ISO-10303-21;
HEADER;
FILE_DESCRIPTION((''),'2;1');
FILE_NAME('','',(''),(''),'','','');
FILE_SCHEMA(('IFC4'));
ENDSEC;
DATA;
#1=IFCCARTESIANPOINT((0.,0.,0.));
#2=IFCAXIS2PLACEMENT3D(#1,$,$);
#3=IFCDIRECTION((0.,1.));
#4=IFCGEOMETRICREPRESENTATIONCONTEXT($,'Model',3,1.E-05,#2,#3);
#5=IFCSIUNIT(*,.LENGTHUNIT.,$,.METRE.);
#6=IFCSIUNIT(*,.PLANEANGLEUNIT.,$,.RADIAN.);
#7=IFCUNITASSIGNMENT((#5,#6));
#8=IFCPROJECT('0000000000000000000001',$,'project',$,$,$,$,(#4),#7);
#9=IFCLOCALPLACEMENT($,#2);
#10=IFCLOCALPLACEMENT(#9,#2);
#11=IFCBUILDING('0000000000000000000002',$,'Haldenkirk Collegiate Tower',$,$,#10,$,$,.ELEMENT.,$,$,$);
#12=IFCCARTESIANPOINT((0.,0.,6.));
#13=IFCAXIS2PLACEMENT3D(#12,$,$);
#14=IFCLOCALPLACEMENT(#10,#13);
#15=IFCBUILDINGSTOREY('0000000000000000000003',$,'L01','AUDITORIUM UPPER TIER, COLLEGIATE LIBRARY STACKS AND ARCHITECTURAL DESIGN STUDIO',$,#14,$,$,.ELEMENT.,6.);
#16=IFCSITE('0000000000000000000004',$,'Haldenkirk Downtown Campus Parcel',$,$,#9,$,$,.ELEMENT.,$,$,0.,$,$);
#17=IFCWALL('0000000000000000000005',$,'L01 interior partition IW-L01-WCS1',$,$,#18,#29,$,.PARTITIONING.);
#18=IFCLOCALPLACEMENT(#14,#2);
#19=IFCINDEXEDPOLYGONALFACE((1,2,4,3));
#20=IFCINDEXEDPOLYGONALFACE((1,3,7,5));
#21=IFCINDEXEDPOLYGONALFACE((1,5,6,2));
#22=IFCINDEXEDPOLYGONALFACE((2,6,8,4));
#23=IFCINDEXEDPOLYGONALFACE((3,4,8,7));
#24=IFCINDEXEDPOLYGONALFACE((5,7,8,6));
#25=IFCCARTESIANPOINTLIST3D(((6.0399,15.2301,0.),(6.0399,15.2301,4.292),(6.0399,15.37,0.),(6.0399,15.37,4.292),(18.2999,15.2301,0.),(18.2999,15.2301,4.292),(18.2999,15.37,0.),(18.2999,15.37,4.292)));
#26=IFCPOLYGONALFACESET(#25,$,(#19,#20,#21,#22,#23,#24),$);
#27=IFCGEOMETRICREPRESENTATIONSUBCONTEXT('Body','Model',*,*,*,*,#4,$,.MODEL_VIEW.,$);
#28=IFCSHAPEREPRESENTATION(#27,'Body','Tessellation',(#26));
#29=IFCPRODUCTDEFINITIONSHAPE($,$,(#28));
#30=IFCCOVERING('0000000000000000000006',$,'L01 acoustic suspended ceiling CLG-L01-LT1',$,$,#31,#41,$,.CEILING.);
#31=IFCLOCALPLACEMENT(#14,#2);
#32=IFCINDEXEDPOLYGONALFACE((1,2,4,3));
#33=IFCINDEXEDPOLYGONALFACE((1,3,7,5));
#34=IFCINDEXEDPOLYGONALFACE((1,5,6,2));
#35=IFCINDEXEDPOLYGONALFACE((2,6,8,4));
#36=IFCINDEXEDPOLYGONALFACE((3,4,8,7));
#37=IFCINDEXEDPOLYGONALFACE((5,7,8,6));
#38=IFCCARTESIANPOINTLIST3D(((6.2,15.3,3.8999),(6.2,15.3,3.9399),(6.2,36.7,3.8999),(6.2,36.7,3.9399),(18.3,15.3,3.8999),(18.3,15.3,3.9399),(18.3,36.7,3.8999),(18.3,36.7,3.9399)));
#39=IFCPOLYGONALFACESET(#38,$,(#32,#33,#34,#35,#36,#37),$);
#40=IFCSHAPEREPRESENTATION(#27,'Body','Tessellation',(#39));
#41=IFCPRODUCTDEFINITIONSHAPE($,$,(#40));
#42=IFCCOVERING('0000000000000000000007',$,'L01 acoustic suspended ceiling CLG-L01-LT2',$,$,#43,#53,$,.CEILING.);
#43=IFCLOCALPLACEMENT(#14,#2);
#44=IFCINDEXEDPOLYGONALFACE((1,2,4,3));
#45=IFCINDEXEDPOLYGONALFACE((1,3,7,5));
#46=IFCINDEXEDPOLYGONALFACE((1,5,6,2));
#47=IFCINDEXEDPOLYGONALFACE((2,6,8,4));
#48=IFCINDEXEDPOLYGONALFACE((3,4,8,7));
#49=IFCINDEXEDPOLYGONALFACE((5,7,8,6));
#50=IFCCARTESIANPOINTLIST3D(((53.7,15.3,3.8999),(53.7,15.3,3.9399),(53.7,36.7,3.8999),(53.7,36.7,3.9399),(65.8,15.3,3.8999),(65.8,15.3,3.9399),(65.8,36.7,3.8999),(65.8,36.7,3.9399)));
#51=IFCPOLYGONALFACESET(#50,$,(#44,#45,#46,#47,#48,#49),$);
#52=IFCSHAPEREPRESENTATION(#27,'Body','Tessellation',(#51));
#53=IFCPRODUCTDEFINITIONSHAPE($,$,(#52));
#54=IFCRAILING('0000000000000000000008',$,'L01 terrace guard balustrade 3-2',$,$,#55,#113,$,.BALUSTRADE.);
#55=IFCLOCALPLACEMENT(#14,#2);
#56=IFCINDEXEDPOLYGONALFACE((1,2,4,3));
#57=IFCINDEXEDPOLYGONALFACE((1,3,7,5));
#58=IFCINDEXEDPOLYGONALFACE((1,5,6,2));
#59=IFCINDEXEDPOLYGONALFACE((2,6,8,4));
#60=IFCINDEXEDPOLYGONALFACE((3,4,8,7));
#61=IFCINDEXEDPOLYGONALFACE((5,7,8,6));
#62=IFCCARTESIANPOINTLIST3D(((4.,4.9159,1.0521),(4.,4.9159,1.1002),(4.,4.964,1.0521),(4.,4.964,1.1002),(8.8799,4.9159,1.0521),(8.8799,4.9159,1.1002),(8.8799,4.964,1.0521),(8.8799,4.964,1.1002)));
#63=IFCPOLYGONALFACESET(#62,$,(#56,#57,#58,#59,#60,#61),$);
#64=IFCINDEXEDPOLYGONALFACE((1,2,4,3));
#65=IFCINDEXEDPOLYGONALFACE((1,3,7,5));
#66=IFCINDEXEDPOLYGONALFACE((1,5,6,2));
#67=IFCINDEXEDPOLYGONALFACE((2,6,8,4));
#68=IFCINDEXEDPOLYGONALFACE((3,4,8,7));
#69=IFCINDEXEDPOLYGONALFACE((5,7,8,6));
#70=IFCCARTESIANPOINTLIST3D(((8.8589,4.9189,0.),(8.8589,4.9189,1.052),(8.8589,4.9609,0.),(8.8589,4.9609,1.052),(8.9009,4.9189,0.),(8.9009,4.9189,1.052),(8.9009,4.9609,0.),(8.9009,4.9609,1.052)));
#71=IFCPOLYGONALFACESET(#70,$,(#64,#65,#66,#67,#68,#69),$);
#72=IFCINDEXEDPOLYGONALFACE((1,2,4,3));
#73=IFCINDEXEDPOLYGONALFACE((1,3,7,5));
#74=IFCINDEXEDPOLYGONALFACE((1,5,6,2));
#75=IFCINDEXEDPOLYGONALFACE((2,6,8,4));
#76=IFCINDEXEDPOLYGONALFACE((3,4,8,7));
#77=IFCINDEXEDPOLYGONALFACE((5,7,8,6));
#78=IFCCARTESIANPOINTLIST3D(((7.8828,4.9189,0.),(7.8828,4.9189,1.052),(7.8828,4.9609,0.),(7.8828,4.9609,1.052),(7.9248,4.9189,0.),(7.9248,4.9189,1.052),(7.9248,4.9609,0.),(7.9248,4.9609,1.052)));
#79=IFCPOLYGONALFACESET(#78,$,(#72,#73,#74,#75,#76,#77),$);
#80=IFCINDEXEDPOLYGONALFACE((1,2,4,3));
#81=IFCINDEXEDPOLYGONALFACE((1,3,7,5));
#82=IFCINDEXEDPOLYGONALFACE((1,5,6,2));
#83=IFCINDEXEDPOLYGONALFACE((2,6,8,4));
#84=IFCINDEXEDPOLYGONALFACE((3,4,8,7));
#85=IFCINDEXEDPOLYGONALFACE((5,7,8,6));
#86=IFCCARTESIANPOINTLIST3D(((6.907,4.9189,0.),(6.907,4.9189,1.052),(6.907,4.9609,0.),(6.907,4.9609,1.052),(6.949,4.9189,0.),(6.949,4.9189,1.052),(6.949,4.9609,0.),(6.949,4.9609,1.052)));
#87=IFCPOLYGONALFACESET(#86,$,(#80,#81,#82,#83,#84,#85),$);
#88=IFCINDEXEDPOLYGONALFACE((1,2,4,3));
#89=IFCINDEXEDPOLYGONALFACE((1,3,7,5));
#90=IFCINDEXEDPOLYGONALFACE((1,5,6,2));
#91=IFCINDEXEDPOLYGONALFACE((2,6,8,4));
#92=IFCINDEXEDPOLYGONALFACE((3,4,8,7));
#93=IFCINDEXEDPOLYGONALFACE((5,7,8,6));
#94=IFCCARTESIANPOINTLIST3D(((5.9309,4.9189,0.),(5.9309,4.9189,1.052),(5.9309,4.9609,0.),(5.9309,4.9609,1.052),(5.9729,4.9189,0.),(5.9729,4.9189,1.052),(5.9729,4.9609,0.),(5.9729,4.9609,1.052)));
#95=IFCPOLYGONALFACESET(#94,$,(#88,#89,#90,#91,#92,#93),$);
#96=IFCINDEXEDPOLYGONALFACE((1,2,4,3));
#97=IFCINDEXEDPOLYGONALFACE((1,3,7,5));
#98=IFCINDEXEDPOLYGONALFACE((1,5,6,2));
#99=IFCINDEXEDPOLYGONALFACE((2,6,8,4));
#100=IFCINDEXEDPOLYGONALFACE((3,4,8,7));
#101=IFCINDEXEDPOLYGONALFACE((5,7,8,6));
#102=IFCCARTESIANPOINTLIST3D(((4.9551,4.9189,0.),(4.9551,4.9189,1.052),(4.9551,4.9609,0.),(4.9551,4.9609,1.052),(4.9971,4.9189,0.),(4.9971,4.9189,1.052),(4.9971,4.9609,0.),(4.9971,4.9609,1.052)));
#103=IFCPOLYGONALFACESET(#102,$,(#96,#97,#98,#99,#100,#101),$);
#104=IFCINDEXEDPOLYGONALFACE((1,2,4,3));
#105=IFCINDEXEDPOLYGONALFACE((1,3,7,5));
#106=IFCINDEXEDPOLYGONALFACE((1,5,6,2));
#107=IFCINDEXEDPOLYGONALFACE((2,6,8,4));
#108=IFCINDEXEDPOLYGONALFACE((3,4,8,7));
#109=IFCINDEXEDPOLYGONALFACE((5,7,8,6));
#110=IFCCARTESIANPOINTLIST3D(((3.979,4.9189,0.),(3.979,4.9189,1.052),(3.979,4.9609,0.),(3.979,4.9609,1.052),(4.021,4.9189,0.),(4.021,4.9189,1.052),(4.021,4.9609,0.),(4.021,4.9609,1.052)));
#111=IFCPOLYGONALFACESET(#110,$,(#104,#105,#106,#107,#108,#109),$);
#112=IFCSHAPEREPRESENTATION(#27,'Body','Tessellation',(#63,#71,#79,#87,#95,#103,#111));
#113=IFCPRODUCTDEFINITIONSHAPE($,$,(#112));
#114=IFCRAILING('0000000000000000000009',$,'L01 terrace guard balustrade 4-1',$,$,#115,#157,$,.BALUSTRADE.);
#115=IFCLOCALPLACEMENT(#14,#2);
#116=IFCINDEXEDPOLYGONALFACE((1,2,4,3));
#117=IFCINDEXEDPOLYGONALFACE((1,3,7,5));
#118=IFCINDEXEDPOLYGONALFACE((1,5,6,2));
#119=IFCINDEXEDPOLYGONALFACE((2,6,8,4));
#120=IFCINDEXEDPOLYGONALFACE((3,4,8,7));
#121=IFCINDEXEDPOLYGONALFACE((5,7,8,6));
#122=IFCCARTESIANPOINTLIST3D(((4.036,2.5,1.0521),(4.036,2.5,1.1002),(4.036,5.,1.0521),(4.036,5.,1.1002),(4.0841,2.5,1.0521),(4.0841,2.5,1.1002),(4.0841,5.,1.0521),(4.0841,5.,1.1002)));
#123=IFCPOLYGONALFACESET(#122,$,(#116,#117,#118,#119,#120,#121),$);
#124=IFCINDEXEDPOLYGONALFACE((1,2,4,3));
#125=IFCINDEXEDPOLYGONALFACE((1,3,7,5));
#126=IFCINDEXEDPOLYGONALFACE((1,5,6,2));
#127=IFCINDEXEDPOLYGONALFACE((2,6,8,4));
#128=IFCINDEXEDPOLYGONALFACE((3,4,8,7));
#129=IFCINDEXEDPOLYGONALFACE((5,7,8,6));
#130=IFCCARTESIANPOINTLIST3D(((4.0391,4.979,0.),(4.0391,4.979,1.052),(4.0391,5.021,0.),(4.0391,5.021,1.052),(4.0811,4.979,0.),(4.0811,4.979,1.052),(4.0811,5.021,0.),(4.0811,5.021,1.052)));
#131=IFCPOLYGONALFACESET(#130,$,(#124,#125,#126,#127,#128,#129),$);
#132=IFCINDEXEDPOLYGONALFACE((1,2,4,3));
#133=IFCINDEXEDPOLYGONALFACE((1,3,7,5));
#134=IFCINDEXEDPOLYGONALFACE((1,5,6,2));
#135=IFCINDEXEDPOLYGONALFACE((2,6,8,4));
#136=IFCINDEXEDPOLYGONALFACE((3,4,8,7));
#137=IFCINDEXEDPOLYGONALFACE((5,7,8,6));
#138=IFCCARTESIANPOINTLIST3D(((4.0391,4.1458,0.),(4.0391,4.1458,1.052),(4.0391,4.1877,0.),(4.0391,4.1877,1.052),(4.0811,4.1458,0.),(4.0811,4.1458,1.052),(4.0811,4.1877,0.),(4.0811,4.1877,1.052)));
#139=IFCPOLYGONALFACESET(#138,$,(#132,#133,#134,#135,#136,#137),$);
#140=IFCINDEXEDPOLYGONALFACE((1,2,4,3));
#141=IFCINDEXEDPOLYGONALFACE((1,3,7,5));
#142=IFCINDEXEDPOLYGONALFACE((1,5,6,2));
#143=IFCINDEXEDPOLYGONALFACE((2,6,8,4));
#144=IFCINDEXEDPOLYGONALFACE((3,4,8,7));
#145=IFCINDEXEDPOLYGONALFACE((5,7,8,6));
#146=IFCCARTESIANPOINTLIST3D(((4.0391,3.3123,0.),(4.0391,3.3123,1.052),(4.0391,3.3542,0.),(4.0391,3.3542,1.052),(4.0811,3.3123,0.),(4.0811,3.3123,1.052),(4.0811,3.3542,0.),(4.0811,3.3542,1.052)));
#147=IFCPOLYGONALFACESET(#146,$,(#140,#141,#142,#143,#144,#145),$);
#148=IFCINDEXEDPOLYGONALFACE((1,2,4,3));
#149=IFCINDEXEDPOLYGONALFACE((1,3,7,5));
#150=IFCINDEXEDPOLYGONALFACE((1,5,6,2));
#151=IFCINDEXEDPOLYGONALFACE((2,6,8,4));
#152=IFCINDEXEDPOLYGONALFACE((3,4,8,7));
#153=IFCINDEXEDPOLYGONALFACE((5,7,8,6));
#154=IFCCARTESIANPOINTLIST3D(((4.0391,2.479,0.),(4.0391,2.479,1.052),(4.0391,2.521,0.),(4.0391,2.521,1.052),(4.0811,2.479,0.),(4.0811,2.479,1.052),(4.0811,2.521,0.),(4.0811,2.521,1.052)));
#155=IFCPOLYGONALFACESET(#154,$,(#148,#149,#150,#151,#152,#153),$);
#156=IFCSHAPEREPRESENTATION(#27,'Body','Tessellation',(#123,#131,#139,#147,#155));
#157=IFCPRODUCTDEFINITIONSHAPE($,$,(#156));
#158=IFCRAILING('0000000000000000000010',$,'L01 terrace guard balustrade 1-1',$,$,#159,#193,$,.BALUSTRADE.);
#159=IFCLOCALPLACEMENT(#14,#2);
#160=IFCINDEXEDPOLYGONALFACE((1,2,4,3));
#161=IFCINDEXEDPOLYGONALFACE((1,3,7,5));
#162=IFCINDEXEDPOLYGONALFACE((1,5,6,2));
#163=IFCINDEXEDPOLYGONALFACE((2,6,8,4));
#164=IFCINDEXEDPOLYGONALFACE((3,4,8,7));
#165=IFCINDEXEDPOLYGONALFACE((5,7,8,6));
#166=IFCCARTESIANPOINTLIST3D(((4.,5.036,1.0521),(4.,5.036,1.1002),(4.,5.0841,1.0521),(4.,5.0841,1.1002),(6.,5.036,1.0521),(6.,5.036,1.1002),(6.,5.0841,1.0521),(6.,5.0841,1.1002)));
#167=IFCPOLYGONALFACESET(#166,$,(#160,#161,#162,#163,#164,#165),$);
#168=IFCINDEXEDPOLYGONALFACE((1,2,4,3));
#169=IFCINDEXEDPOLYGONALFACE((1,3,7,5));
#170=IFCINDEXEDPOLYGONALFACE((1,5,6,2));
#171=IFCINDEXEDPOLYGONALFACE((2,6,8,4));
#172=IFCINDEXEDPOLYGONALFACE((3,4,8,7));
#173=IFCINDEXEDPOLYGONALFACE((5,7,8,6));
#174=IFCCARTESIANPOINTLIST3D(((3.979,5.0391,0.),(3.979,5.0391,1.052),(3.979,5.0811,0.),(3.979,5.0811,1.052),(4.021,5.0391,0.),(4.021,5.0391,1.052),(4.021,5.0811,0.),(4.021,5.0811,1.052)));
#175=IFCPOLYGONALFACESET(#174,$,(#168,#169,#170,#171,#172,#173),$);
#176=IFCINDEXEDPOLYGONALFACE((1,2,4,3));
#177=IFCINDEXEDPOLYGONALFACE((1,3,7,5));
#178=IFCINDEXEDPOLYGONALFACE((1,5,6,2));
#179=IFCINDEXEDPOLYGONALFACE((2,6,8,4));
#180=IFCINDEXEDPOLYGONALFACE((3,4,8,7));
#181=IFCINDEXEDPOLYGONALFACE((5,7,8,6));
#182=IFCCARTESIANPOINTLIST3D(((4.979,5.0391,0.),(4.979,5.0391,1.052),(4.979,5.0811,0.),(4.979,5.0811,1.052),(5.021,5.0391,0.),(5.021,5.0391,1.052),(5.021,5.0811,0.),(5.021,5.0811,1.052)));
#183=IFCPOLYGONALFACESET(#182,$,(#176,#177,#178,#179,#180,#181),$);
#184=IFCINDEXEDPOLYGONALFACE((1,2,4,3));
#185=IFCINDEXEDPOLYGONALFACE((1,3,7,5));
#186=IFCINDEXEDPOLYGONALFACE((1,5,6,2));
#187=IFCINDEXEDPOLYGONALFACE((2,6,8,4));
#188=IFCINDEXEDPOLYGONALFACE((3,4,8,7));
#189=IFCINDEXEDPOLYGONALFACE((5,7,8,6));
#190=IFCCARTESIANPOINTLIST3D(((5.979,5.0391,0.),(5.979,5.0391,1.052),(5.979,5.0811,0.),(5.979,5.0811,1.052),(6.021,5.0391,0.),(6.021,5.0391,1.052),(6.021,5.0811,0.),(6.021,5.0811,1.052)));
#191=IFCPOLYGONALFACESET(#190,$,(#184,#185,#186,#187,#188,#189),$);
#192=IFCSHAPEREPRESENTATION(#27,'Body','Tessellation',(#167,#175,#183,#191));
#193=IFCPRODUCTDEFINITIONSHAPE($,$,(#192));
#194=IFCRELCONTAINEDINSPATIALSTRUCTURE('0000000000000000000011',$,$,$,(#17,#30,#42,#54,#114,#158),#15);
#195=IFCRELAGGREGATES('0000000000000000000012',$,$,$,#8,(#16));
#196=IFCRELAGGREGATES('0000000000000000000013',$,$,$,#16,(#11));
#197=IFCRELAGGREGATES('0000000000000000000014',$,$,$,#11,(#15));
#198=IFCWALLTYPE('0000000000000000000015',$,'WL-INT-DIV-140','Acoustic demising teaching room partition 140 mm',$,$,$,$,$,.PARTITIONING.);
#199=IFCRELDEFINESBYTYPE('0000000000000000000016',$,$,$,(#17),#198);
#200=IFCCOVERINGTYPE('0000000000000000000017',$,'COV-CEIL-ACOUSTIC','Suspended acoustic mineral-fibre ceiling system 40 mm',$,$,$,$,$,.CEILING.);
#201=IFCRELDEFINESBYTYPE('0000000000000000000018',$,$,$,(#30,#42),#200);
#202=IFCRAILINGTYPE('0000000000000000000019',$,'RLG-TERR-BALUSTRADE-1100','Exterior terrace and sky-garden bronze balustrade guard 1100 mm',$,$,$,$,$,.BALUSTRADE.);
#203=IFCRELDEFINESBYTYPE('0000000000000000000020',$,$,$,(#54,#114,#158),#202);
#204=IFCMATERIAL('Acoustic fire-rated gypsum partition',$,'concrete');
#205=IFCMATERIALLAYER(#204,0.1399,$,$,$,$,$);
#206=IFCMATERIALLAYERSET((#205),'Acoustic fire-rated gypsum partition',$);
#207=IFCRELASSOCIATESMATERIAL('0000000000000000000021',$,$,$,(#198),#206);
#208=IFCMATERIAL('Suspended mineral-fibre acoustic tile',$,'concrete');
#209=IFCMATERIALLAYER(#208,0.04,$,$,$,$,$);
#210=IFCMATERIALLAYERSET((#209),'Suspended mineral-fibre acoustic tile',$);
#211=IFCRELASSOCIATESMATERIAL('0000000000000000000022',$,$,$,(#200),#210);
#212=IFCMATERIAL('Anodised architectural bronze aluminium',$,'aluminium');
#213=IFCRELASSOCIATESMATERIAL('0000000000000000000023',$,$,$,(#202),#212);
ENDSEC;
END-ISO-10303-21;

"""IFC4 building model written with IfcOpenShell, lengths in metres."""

from ifc_helpers import new_model, si_unit, direction, frame, frame_2d, origin, origin_2d, place, context, subcontext, project, spatial, polyline, rectangle, outline, extrude, material, layer, layer_set, type_object, element, save


model = new_model("IFC4")

# Units and contexts
model_context = context("Model", 3, precision=1e-05, world=origin(), true_north=direction((0.0, 1.0)))
body_context = subcontext(model_context, "Body", "Model", "MODEL_VIEW")
ifc_project = project(units=[si_unit("LENGTHUNIT", "METRE"), si_unit("PLANEANGLEUNIT", "RADIAN")], contexts=[model_context])

# Site, building, storey
site_placement = place(None, origin())
site = spatial("IfcSite", under=ifc_project, at=site_placement, Name="Haldenkirk Downtown Campus Parcel", CompositionType="ELEMENT", RefElevation=0.0)
building_placement = place(site_placement, origin())
building = spatial("IfcBuilding", under=site, at=building_placement, Name="Haldenkirk Collegiate Tower", CompositionType="ELEMENT")
storey_placement = place(building_placement, frame((0.0, 0.0, 6.0)))
storey = spatial("IfcBuildingStorey", under=building, at=storey_placement, Name="L01", Description="AUDITORIUM UPPER TIER, COLLEGIATE LIBRARY STACKS AND ARCHITECTURAL DESIGN STUDIO", CompositionType="ELEMENT", Elevation=6.0)

# Shared definitions
ifc_material_1 = material(Name="Anodised architectural bronze aluminium", Category="aluminium")

# Wall
ifc_material_2 = material(Name="Acoustic fire-rated gypsum partition", Category="concrete")
ifc_layer_1 = layer(ifc_material_2, 0.1399)
ifc_layer_set_1 = layer_set([ifc_layer_1], Name="Acoustic fire-rated gypsum partition")
wall_type_1 = type_object("IfcWallType", Name="WL-INT-DIV-140", Description="Acoustic demising teaching room partition 140 mm", PredefinedType="PARTITIONING", material=ifc_layer_set_1)
wall_1_placement = place(storey_placement, frame((6.04, 15.3, 0.0), z_axis=(0.0, 0.0, 1.0), x_axis=(1.0, 0.0, 0.0)))
element("IfcWall", 1, at=wall_1_placement, inside=storey, type_object=wall_type_1, Name="L01 interior partition IW-L01-WCS1", PredefinedType="PARTITIONING", context=body_context, shape_type="SweptSolid", body=[
    extrude(rectangle(XDim=12.26, YDim=0.1399, at=frame_2d((6.1299, 0.0))), origin(), (0.0, 0.0, 1.0), 4.292),
])

# Coverings
ifc_material_3 = material(Name="Suspended mineral-fibre acoustic tile", Category="concrete")
ifc_layer_2 = layer(ifc_material_3, 0.04)
ifc_layer_set_2 = layer_set([ifc_layer_2], Name="Suspended mineral-fibre acoustic tile")
covering_type = type_object("IfcCoveringType", Name="COV-CEIL-ACOUSTIC", Description="Suspended acoustic mineral-fibre ceiling system 40 mm", PredefinedType="CEILING", material=ifc_layer_set_2)
covering_1_placement = place(storey_placement, frame((0.0, 0.0, 3.8999)))
element("IfcCovering", 2, at=covering_1_placement, inside=storey, type_object=covering_type, Name="L01 acoustic suspended ceiling CLG-L01-LT1", PredefinedType="CEILING", context=body_context, shape_type="SweptSolid", body=[
    extrude(outline(polyline([(6.2, 15.3), (18.3, 15.3), (18.3, 36.7), (6.2, 36.7), (6.2, 15.3)])), origin(), (0.0, 0.0, 1.0), 0.04),
])
covering_2_placement = place(storey_placement, frame((0.0, 0.0, 3.8999)))
element("IfcCovering", 3, at=covering_2_placement, inside=storey, type_object=covering_type, Name="L01 acoustic suspended ceiling CLG-L01-LT2", PredefinedType="CEILING", context=body_context, shape_type="SweptSolid", body=[
    extrude(outline(polyline([(53.7, 15.3), (65.8, 15.3), (65.8, 36.7), (53.7, 36.7), (53.7, 15.3)])), origin(), (0.0, 0.0, 1.0), 0.04),
])

# Railings
railing_type = type_object("IfcRailingType", Name="RLG-TERR-BALUSTRADE-1100", Description="Exterior terrace and sky-garden bronze balustrade guard 1100 mm", PredefinedType="BALUSTRADE", material=ifc_material_1)
railing_1_placement = place(storey_placement, frame((8.8799, 4.9399, 0.0)))
element("IfcRailing", 4, at=railing_1_placement, inside=storey, type_object=railing_type, Name="L01 terrace guard balustrade 3-2", PredefinedType="BALUSTRADE", context=body_context, shape_type="SweptSolid", body=[
    extrude(rectangle(XDim=0.0481, YDim=0.0481, at=origin_2d()), frame((0.0, 0.0, 1.0762), z_axis=(-1.0, 0.0, 0.0), x_axis=(0.0, -1.0, 0.0)), (0.0, 0.0, 1.0), 4.8799),
    extrude(rectangle(XDim=0.042, YDim=0.042, at=origin_2d()), origin(), (0.0, 0.0, 1.0), 1.052),
    extrude(rectangle(XDim=0.042, YDim=0.042, at=origin_2d()), frame((-0.9761, 0.0, 0.0)), (0.0, 0.0, 1.0), 1.052),
    extrude(rectangle(XDim=0.042, YDim=0.042, at=origin_2d()), frame((-1.9519, 0.0, 0.0)), (0.0, 0.0, 1.0), 1.052),
    extrude(rectangle(XDim=0.042, YDim=0.042, at=origin_2d()), frame((-2.928, 0.0, 0.0)), (0.0, 0.0, 1.0), 1.052),
    extrude(rectangle(XDim=0.042, YDim=0.042, at=origin_2d()), frame((-3.9038, 0.0, 0.0)), (0.0, 0.0, 1.0), 1.052),
    extrude(rectangle(XDim=0.042, YDim=0.042, at=origin_2d()), frame((-4.8799, 0.0, 0.0)), (0.0, 0.0, 1.0), 1.052),
])
railing_2_placement = place(storey_placement, frame((4.0601, 5.0, 0.0)))
element("IfcRailing", 5, at=railing_2_placement, inside=storey, type_object=railing_type, Name="L01 terrace guard balustrade 4-1", PredefinedType="BALUSTRADE", context=body_context, shape_type="SweptSolid", body=[
    extrude(rectangle(XDim=0.0481, YDim=0.0481, at=origin_2d()), frame((0.0, 0.0, 1.0762), z_axis=(0.0, -1.0, 0.0), x_axis=(1.0, 0.0, 0.0)), (0.0, 0.0, 1.0), 2.5),
    extrude(rectangle(XDim=0.042, YDim=0.042, at=origin_2d()), origin(), (0.0, 0.0, 1.0), 1.052),
    extrude(rectangle(XDim=0.042, YDim=0.042, at=origin_2d()), frame((0.0, -0.8333, 0.0)), (0.0, 0.0, 1.0), 1.052),
    extrude(rectangle(XDim=0.042, YDim=0.042, at=origin_2d()), frame((0.0, -1.6667, 0.0)), (0.0, 0.0, 1.0), 1.052),
    extrude(rectangle(XDim=0.042, YDim=0.042, at=origin_2d()), frame((0.0, -2.5, 0.0)), (0.0, 0.0, 1.0), 1.052),
])
railing_3_placement = place(storey_placement, frame((4.0, 5.0601, 0.0)))
element("IfcRailing", 6, at=railing_3_placement, inside=storey, type_object=railing_type, Name="L01 terrace guard balustrade 1-1", PredefinedType="BALUSTRADE", context=body_context, shape_type="SweptSolid", body=[
    extrude(rectangle(XDim=0.0481, YDim=0.0481, at=origin_2d()), frame((0.0, 0.0, 1.0762), z_axis=(1.0, 0.0, 0.0), x_axis=(0.0, 1.0, 0.0)), (0.0, 0.0, 1.0), 2.0),
    extrude(rectangle(XDim=0.042, YDim=0.042, at=origin_2d()), origin(), (0.0, 0.0, 1.0), 1.052),
    extrude(rectangle(XDim=0.042, YDim=0.042, at=origin_2d()), frame((1.0, 0.0, 0.0)), (0.0, 0.0, 1.0), 1.052),
    extrude(rectangle(XDim=0.042, YDim=0.042, at=origin_2d()), frame((2.0, 0.0, 0.0)), (0.0, 0.0, 1.0), 1.052),
])

save(model, "model.ifc")
